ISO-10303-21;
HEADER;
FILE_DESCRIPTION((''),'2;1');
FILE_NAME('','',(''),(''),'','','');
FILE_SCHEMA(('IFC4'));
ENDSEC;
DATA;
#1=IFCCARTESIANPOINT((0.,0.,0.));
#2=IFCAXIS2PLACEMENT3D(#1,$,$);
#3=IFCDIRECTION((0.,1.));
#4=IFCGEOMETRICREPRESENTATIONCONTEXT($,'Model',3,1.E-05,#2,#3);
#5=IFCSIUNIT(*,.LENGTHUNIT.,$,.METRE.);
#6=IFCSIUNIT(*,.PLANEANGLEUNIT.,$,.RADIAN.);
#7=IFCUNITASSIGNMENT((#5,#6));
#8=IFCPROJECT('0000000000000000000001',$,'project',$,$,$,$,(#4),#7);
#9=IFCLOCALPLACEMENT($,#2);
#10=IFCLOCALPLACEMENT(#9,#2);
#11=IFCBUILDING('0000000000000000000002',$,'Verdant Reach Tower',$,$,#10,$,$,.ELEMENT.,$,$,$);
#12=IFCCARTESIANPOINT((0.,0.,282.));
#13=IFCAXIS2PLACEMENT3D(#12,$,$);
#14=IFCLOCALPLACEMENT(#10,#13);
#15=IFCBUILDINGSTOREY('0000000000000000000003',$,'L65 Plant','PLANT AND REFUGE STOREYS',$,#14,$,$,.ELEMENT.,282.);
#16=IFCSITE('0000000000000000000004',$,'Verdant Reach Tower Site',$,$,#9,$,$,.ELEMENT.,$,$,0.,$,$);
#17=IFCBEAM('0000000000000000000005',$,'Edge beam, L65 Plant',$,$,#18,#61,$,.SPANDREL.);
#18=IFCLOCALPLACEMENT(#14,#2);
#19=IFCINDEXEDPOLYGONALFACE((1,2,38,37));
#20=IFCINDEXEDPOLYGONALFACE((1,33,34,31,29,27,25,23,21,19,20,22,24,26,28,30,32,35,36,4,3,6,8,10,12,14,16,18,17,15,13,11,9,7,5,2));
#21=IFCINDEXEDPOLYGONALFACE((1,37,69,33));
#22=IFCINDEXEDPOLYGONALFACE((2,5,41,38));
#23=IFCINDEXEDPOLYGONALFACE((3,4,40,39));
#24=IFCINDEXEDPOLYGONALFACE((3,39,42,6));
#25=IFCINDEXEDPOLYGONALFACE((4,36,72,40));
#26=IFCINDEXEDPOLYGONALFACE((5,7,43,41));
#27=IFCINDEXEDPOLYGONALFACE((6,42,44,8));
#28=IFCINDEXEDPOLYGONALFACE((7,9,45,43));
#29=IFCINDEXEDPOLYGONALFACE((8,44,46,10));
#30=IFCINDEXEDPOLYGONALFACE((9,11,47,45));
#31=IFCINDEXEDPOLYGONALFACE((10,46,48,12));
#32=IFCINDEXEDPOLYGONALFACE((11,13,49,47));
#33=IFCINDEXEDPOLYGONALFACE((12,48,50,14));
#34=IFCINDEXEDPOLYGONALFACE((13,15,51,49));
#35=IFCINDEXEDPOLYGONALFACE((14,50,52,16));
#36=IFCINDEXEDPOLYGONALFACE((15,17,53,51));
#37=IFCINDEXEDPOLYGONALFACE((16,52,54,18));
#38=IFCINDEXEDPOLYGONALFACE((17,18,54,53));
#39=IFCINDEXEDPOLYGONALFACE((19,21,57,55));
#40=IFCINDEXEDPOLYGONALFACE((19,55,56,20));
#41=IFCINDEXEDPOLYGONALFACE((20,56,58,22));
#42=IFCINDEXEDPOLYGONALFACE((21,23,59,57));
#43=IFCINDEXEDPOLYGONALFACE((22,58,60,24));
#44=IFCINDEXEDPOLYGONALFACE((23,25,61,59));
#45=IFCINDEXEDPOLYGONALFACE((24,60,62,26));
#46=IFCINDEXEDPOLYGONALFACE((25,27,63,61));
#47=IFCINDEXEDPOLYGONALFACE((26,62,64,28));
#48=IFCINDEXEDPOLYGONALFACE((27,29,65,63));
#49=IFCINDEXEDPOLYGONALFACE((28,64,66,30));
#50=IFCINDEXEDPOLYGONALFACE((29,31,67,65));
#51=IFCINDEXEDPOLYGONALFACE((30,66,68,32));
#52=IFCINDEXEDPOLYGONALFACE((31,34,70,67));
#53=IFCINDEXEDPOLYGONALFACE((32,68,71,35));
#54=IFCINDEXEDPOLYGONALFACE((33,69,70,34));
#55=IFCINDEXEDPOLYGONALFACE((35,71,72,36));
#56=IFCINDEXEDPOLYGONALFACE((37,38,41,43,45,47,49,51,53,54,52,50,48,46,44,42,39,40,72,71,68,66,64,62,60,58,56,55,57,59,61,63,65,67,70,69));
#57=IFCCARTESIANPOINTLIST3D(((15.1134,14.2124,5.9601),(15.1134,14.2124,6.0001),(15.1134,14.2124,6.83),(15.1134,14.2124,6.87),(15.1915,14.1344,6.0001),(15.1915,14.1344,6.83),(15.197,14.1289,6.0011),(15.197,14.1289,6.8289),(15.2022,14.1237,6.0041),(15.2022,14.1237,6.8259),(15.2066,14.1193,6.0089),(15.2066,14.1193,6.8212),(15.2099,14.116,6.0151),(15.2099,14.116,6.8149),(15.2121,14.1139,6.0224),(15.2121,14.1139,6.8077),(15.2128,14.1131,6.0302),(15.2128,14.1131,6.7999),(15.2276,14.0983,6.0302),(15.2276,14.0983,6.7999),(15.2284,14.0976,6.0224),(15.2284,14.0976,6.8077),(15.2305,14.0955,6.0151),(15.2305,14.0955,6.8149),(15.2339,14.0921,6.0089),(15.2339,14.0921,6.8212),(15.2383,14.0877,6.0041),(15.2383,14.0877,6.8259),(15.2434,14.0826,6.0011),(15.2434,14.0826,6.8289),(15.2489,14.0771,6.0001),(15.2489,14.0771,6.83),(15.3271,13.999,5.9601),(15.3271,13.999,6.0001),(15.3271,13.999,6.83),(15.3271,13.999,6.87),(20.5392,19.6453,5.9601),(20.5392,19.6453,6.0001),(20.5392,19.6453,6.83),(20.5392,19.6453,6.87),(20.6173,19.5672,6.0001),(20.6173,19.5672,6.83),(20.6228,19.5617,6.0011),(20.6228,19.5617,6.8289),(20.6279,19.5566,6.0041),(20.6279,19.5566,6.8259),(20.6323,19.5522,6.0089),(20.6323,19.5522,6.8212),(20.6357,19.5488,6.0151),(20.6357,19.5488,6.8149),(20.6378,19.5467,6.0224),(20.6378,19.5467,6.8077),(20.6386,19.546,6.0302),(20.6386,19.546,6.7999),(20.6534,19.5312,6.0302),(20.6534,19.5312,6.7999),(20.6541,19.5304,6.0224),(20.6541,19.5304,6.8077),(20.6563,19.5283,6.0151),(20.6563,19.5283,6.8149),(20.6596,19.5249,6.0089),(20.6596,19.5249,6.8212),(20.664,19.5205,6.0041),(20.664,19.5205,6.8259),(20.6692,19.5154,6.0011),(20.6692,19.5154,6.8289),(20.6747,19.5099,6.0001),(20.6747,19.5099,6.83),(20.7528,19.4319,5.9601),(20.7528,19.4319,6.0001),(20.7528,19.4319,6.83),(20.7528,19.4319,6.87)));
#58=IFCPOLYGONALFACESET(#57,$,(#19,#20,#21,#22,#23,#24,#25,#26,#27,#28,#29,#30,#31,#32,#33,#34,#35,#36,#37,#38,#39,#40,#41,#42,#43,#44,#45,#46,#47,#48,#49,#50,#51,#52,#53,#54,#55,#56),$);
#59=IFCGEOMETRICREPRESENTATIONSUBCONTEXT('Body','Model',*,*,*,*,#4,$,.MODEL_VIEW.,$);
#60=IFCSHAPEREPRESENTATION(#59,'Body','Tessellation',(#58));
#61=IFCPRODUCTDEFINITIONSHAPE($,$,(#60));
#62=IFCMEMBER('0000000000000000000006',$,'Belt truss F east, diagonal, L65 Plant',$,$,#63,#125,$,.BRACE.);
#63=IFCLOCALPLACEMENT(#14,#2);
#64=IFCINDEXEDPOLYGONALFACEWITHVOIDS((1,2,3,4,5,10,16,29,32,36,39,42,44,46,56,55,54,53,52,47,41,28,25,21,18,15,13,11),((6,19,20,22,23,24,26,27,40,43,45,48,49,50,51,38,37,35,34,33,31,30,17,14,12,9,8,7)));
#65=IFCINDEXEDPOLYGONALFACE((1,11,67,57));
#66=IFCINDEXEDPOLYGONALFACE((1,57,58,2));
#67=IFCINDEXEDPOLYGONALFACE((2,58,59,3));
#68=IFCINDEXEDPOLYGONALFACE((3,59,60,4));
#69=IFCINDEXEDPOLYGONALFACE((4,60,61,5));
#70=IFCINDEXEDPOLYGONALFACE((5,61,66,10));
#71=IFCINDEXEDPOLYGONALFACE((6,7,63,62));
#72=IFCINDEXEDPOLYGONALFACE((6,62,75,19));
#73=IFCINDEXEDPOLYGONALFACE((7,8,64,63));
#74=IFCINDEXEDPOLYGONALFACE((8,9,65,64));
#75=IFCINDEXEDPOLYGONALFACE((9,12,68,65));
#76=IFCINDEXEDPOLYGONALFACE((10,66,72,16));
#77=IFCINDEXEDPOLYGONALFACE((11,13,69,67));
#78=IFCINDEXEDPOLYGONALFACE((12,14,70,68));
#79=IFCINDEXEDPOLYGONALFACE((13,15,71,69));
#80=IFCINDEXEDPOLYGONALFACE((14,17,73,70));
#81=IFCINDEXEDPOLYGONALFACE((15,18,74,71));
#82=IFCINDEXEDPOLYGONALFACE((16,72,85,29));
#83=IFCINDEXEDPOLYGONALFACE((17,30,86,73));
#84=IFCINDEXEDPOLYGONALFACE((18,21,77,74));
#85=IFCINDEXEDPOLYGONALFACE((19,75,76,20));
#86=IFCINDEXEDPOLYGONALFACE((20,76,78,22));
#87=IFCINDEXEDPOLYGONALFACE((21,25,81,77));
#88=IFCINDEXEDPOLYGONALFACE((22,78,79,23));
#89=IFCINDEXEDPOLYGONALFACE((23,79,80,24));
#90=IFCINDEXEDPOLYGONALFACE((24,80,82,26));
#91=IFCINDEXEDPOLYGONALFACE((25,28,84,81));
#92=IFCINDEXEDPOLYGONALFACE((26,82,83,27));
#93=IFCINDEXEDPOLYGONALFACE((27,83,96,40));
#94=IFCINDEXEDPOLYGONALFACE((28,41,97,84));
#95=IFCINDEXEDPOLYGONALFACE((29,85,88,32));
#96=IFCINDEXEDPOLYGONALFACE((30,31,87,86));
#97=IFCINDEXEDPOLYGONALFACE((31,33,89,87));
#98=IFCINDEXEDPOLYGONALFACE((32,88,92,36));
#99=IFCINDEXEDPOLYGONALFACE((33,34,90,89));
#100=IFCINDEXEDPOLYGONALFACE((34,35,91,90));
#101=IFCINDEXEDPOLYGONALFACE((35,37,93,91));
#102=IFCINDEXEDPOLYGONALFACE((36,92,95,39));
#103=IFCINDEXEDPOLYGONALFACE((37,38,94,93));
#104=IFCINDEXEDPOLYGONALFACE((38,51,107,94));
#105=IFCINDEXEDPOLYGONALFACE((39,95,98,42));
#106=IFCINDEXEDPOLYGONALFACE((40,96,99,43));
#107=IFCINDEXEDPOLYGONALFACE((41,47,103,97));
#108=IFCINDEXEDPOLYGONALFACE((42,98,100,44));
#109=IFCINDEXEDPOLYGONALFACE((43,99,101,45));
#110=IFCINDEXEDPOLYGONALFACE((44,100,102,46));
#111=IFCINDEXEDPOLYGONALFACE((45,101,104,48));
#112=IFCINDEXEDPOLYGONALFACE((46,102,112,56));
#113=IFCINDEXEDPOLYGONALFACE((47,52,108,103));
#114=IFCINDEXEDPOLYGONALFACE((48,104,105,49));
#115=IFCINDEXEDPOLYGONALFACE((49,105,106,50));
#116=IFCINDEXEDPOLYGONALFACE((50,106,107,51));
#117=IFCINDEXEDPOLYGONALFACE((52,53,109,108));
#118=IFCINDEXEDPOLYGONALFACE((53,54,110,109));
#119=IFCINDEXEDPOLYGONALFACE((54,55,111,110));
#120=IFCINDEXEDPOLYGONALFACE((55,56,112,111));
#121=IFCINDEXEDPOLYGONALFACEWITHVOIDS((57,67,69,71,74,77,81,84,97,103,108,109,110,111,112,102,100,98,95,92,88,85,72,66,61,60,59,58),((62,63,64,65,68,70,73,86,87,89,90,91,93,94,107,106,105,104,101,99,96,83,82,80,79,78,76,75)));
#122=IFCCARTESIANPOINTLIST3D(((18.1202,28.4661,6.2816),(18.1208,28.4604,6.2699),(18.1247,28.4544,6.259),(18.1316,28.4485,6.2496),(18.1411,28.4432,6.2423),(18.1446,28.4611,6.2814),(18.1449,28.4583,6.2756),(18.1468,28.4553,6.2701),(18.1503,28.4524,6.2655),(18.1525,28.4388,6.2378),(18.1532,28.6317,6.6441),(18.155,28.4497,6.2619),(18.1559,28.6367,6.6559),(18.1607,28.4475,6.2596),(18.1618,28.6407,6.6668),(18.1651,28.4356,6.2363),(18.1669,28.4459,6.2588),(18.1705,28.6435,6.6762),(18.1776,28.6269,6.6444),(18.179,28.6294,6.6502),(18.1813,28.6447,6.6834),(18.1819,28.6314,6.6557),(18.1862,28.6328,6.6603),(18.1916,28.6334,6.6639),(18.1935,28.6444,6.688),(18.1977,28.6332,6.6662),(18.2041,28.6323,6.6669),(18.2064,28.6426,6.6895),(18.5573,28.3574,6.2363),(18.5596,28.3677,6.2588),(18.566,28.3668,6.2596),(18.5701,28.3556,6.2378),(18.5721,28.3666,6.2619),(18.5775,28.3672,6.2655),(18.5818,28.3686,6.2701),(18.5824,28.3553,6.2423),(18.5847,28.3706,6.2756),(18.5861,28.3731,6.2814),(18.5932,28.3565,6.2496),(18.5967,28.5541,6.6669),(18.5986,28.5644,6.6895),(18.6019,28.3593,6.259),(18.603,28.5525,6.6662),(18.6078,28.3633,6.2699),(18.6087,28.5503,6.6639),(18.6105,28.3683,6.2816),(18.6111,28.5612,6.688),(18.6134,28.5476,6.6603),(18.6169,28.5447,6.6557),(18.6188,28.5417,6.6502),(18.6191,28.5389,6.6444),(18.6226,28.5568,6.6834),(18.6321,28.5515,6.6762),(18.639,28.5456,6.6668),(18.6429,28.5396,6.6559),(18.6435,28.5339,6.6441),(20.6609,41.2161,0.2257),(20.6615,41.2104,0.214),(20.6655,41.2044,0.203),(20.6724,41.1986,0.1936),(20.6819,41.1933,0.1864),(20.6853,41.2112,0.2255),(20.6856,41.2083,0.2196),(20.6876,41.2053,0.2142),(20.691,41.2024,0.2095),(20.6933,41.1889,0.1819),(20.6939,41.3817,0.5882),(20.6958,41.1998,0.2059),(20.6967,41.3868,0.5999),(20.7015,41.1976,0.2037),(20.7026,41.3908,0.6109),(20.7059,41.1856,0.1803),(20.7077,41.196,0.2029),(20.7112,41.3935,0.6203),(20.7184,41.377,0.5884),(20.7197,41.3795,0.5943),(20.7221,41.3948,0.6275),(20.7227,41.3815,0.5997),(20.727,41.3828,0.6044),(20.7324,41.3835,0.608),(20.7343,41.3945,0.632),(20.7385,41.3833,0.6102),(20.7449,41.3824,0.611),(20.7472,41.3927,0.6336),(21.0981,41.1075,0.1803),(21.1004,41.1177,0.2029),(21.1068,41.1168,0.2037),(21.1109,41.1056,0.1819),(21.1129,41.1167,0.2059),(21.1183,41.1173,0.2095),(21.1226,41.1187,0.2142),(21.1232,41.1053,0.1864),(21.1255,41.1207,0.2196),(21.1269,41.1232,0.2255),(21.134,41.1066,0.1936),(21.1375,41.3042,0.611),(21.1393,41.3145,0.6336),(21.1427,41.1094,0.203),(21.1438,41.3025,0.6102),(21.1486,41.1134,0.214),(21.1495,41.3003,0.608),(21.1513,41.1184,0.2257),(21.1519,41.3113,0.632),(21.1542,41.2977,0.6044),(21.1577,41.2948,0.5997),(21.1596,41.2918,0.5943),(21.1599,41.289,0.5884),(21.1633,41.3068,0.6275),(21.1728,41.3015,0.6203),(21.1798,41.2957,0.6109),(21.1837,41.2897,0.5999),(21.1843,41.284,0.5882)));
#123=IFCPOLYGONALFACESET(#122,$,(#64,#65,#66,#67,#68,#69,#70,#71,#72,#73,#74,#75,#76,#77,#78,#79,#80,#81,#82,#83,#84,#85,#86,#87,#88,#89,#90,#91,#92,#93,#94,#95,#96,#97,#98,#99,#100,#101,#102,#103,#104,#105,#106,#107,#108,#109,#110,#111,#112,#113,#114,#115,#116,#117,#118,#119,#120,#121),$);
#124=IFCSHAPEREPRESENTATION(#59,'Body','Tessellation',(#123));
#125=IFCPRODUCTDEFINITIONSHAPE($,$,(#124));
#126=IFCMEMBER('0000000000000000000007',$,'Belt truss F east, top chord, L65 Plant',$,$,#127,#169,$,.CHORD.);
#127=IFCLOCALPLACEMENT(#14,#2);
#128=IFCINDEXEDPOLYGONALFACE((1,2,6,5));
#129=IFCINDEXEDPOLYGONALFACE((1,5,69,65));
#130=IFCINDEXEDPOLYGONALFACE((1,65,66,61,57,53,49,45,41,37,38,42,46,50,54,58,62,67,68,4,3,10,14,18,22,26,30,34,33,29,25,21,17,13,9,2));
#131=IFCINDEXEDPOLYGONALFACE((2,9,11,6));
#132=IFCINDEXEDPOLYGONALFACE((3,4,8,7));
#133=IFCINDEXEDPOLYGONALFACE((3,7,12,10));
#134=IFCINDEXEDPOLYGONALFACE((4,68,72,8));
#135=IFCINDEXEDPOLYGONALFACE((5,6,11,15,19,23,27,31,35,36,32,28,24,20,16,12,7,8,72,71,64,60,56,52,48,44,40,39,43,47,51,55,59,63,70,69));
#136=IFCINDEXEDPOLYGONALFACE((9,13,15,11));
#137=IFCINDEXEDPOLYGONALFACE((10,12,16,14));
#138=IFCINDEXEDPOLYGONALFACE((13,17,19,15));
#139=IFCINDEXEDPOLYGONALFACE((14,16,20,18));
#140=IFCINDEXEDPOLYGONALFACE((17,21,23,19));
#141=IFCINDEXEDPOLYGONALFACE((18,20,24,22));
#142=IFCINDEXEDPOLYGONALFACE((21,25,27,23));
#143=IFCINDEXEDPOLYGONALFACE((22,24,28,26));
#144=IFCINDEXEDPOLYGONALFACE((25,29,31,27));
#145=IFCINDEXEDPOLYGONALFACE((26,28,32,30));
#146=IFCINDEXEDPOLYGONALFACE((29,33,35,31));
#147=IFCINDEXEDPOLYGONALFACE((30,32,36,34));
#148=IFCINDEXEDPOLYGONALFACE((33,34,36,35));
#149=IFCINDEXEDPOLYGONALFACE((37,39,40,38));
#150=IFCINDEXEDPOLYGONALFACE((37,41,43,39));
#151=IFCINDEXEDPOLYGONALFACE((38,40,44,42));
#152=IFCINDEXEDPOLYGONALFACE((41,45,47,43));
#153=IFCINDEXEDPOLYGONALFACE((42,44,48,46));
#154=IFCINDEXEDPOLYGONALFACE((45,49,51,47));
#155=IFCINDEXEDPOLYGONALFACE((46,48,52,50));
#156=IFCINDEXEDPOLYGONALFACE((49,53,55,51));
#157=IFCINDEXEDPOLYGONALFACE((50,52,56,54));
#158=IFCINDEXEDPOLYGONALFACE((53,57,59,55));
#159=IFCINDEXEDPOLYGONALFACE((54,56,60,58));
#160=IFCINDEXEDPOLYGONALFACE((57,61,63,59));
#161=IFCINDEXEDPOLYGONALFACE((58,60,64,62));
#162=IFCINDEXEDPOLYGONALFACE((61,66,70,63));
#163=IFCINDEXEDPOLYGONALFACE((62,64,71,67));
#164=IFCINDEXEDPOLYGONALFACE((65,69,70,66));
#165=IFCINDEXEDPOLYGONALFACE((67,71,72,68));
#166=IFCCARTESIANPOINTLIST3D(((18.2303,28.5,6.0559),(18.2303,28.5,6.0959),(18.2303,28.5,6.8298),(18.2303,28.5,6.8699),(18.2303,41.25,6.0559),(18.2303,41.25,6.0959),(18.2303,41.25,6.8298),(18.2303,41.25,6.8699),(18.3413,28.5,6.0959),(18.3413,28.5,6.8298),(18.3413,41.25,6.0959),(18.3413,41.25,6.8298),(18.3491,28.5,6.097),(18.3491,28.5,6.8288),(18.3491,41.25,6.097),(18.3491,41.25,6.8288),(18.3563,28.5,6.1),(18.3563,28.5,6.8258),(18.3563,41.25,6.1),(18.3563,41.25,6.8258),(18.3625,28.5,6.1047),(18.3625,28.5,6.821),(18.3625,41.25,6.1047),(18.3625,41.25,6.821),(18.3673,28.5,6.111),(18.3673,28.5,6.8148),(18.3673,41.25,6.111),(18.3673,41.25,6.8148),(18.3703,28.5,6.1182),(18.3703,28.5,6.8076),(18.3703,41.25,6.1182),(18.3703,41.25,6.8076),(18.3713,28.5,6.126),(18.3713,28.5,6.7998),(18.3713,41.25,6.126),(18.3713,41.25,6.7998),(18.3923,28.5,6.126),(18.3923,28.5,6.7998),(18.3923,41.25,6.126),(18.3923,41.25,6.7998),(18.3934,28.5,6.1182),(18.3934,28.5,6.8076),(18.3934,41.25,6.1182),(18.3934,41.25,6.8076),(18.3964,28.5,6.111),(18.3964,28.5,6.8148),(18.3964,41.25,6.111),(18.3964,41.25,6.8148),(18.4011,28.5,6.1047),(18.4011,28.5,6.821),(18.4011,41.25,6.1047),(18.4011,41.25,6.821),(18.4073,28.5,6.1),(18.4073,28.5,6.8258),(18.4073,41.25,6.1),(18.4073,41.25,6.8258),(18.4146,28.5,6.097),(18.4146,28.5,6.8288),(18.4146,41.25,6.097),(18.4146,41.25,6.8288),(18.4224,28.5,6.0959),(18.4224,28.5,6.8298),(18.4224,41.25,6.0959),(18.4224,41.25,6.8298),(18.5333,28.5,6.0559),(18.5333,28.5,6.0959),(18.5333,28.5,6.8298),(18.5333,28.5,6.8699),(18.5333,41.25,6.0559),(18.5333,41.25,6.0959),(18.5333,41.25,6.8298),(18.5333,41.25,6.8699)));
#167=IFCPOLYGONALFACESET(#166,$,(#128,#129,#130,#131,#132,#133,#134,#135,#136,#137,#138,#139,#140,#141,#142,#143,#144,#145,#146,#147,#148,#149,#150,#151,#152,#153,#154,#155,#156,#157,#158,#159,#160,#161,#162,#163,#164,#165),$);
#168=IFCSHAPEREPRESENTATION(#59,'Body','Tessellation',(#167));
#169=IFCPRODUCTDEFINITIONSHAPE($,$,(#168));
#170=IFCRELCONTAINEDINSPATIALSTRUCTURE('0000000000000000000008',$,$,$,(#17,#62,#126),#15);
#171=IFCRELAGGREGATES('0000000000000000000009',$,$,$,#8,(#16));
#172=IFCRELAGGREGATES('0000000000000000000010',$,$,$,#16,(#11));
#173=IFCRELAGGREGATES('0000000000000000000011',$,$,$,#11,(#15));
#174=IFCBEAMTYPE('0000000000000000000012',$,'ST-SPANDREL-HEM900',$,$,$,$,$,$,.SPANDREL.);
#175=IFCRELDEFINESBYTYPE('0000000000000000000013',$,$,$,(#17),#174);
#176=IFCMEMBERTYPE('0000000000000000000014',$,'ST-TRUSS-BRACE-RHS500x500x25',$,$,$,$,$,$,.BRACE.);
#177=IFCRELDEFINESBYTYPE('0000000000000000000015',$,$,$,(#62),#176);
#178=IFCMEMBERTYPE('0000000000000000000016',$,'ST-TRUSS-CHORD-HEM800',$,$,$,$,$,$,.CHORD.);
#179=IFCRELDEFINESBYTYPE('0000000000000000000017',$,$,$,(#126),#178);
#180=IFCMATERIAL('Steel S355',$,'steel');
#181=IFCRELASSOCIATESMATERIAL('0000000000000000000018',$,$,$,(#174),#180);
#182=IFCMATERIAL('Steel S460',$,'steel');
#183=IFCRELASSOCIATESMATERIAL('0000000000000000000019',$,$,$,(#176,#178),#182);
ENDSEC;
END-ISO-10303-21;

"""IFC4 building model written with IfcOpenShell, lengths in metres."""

from ifc_helpers import new_model, si_unit, direction, frame, origin, origin_2d, place, context, subcontext, project, spatial, hollow_rectangle, i_section, extrude, material, material_profile, profile_set, type_object, element, save


model = new_model("IFC4")

# Units and contexts
model_context = context("Model", 3, precision=1e-05, world=origin(), true_north=direction((0.0, 1.0)))
body_context = subcontext(model_context, "Body", "Model", "MODEL_VIEW")
ifc_project = project(units=[si_unit("LENGTHUNIT", "METRE"), si_unit("PLANEANGLEUNIT", "RADIAN")], contexts=[model_context])

# Site, building, storey
site_placement = place(None, origin())
site = spatial("IfcSite", under=ifc_project, at=site_placement, Name="Verdant Reach Tower Site", CompositionType="ELEMENT", RefElevation=0.0)
building_placement = place(site_placement, origin())
building = spatial("IfcBuilding", under=site, at=building_placement, Name="Verdant Reach Tower", CompositionType="ELEMENT")
storey_placement = place(building_placement, frame((0.0, 0.0, 282.0)))
storey = spatial("IfcBuildingStorey", under=building, at=storey_placement, Name="L65 Plant", Description="PLANT AND REFUGE STOREYS", CompositionType="ELEMENT", Elevation=282.0)

# Shared definitions
ifc_material_1 = material(Name="Steel S460", Category="steel")

# Beam
ifc_material_2 = material(Name="Steel S355", Category="steel")
ifc_material_profile_1 = material_profile(ifc_material_2, i_section(OverallWidth=0.302, OverallDepth=0.9099, WebThickness=0.021, FlangeThickness=0.04, FilletRadius=0.03, at=origin_2d()), Name="HEM 900")
ifc_profile_set_1 = profile_set([ifc_material_profile_1], Name="Steel S355")
beam_type = type_object("IfcBeamType", Name="ST-SPANDREL-HEM900", PredefinedType="SPANDREL", material=ifc_profile_set_1)
beam_placement = place(storey_placement, frame((20.646, 19.5386, 6.415), z_axis=(-0.706646, -0.707568, 0.0), x_axis=(0.707568, -0.706646, 0.0)))
element("IfcBeam", 1, at=beam_placement, inside=storey, type_object=beam_type, Name="Edge beam, L65 Plant", PredefinedType="SPANDREL", context=body_context, shape_type="SweptSolid", body=[
    extrude(i_section(OverallWidth=0.302, OverallDepth=0.9099, WebThickness=0.021, FlangeThickness=0.04, FilletRadius=0.03, at=origin_2d()), origin(), (0.0, 0.0, 1.0), 7.6782),
])

# Members
ifc_material_profile_2 = material_profile(ifc_material_1, hollow_rectangle(XDim=0.5, YDim=0.5, WallThickness=0.0249, InnerFilletRadius=0.0249, OuterFilletRadius=0.05, at=origin_2d()), Name="RHS 500x500x25")
ifc_profile_set_2 = profile_set([ifc_material_profile_2], Name="Steel S460")
member_type_1 = type_object("IfcMemberType", Name="ST-TRUSS-BRACE-RHS500x500x25", PredefinedType="BRACE", material=ifc_profile_set_2)
member_1_placement = place(storey_placement, frame((18.3818, 28.5, 6.4629), z_axis=(0.177156, 0.888999, -0.422251), x_axis=(-0.980717, 0.195434, 0.0)))
element("IfcMember", 2, at=member_1_placement, inside=storey, type_object=member_type_1, Name="Belt truss F east, diagonal, L65 Plant", PredefinedType="BRACE", context=body_context, shape_type="SweptSolid", body=[
    extrude(hollow_rectangle(XDim=0.5, YDim=0.5, WallThickness=0.0249, InnerFilletRadius=0.0249, OuterFilletRadius=0.05, at=origin_2d()), origin(), (0.0, 0.0, 1.0), 14.342),
])
ifc_material_profile_3 = material_profile(ifc_material_1, i_section(OverallWidth=0.303, OverallDepth=0.814, WebThickness=0.021, FlangeThickness=0.04, FilletRadius=0.03, at=origin_2d()), Name="HEM 800")
ifc_profile_set_3 = profile_set([ifc_material_profile_3], Name="Steel S460")
member_type_2 = type_object("IfcMemberType", Name="ST-TRUSS-CHORD-HEM800", PredefinedType="CHORD", material=ifc_profile_set_3)
for number, where, z_axis, x_axis, name in (
    (3, (18.3818, 28.5, 6.4629), (0.0, 1.0, 0.0), (-1.0, 0.0, 0.0), "Belt truss F east, top chord, L65 Plant"),
):
    element("IfcMember", number, at=place(storey_placement, frame(where, z_axis=z_axis, x_axis=x_axis)), inside=storey, type_object=member_type_2, Name=name, PredefinedType="CHORD", context=body_context, shape_type="SweptSolid", body=[
        extrude(i_section(OverallWidth=0.303, OverallDepth=0.814, WebThickness=0.021, FlangeThickness=0.04, FilletRadius=0.03, at=origin_2d()), origin(), (0.0, 0.0, 1.0), 12.75),
    ])

save(model, "model.ifc")
